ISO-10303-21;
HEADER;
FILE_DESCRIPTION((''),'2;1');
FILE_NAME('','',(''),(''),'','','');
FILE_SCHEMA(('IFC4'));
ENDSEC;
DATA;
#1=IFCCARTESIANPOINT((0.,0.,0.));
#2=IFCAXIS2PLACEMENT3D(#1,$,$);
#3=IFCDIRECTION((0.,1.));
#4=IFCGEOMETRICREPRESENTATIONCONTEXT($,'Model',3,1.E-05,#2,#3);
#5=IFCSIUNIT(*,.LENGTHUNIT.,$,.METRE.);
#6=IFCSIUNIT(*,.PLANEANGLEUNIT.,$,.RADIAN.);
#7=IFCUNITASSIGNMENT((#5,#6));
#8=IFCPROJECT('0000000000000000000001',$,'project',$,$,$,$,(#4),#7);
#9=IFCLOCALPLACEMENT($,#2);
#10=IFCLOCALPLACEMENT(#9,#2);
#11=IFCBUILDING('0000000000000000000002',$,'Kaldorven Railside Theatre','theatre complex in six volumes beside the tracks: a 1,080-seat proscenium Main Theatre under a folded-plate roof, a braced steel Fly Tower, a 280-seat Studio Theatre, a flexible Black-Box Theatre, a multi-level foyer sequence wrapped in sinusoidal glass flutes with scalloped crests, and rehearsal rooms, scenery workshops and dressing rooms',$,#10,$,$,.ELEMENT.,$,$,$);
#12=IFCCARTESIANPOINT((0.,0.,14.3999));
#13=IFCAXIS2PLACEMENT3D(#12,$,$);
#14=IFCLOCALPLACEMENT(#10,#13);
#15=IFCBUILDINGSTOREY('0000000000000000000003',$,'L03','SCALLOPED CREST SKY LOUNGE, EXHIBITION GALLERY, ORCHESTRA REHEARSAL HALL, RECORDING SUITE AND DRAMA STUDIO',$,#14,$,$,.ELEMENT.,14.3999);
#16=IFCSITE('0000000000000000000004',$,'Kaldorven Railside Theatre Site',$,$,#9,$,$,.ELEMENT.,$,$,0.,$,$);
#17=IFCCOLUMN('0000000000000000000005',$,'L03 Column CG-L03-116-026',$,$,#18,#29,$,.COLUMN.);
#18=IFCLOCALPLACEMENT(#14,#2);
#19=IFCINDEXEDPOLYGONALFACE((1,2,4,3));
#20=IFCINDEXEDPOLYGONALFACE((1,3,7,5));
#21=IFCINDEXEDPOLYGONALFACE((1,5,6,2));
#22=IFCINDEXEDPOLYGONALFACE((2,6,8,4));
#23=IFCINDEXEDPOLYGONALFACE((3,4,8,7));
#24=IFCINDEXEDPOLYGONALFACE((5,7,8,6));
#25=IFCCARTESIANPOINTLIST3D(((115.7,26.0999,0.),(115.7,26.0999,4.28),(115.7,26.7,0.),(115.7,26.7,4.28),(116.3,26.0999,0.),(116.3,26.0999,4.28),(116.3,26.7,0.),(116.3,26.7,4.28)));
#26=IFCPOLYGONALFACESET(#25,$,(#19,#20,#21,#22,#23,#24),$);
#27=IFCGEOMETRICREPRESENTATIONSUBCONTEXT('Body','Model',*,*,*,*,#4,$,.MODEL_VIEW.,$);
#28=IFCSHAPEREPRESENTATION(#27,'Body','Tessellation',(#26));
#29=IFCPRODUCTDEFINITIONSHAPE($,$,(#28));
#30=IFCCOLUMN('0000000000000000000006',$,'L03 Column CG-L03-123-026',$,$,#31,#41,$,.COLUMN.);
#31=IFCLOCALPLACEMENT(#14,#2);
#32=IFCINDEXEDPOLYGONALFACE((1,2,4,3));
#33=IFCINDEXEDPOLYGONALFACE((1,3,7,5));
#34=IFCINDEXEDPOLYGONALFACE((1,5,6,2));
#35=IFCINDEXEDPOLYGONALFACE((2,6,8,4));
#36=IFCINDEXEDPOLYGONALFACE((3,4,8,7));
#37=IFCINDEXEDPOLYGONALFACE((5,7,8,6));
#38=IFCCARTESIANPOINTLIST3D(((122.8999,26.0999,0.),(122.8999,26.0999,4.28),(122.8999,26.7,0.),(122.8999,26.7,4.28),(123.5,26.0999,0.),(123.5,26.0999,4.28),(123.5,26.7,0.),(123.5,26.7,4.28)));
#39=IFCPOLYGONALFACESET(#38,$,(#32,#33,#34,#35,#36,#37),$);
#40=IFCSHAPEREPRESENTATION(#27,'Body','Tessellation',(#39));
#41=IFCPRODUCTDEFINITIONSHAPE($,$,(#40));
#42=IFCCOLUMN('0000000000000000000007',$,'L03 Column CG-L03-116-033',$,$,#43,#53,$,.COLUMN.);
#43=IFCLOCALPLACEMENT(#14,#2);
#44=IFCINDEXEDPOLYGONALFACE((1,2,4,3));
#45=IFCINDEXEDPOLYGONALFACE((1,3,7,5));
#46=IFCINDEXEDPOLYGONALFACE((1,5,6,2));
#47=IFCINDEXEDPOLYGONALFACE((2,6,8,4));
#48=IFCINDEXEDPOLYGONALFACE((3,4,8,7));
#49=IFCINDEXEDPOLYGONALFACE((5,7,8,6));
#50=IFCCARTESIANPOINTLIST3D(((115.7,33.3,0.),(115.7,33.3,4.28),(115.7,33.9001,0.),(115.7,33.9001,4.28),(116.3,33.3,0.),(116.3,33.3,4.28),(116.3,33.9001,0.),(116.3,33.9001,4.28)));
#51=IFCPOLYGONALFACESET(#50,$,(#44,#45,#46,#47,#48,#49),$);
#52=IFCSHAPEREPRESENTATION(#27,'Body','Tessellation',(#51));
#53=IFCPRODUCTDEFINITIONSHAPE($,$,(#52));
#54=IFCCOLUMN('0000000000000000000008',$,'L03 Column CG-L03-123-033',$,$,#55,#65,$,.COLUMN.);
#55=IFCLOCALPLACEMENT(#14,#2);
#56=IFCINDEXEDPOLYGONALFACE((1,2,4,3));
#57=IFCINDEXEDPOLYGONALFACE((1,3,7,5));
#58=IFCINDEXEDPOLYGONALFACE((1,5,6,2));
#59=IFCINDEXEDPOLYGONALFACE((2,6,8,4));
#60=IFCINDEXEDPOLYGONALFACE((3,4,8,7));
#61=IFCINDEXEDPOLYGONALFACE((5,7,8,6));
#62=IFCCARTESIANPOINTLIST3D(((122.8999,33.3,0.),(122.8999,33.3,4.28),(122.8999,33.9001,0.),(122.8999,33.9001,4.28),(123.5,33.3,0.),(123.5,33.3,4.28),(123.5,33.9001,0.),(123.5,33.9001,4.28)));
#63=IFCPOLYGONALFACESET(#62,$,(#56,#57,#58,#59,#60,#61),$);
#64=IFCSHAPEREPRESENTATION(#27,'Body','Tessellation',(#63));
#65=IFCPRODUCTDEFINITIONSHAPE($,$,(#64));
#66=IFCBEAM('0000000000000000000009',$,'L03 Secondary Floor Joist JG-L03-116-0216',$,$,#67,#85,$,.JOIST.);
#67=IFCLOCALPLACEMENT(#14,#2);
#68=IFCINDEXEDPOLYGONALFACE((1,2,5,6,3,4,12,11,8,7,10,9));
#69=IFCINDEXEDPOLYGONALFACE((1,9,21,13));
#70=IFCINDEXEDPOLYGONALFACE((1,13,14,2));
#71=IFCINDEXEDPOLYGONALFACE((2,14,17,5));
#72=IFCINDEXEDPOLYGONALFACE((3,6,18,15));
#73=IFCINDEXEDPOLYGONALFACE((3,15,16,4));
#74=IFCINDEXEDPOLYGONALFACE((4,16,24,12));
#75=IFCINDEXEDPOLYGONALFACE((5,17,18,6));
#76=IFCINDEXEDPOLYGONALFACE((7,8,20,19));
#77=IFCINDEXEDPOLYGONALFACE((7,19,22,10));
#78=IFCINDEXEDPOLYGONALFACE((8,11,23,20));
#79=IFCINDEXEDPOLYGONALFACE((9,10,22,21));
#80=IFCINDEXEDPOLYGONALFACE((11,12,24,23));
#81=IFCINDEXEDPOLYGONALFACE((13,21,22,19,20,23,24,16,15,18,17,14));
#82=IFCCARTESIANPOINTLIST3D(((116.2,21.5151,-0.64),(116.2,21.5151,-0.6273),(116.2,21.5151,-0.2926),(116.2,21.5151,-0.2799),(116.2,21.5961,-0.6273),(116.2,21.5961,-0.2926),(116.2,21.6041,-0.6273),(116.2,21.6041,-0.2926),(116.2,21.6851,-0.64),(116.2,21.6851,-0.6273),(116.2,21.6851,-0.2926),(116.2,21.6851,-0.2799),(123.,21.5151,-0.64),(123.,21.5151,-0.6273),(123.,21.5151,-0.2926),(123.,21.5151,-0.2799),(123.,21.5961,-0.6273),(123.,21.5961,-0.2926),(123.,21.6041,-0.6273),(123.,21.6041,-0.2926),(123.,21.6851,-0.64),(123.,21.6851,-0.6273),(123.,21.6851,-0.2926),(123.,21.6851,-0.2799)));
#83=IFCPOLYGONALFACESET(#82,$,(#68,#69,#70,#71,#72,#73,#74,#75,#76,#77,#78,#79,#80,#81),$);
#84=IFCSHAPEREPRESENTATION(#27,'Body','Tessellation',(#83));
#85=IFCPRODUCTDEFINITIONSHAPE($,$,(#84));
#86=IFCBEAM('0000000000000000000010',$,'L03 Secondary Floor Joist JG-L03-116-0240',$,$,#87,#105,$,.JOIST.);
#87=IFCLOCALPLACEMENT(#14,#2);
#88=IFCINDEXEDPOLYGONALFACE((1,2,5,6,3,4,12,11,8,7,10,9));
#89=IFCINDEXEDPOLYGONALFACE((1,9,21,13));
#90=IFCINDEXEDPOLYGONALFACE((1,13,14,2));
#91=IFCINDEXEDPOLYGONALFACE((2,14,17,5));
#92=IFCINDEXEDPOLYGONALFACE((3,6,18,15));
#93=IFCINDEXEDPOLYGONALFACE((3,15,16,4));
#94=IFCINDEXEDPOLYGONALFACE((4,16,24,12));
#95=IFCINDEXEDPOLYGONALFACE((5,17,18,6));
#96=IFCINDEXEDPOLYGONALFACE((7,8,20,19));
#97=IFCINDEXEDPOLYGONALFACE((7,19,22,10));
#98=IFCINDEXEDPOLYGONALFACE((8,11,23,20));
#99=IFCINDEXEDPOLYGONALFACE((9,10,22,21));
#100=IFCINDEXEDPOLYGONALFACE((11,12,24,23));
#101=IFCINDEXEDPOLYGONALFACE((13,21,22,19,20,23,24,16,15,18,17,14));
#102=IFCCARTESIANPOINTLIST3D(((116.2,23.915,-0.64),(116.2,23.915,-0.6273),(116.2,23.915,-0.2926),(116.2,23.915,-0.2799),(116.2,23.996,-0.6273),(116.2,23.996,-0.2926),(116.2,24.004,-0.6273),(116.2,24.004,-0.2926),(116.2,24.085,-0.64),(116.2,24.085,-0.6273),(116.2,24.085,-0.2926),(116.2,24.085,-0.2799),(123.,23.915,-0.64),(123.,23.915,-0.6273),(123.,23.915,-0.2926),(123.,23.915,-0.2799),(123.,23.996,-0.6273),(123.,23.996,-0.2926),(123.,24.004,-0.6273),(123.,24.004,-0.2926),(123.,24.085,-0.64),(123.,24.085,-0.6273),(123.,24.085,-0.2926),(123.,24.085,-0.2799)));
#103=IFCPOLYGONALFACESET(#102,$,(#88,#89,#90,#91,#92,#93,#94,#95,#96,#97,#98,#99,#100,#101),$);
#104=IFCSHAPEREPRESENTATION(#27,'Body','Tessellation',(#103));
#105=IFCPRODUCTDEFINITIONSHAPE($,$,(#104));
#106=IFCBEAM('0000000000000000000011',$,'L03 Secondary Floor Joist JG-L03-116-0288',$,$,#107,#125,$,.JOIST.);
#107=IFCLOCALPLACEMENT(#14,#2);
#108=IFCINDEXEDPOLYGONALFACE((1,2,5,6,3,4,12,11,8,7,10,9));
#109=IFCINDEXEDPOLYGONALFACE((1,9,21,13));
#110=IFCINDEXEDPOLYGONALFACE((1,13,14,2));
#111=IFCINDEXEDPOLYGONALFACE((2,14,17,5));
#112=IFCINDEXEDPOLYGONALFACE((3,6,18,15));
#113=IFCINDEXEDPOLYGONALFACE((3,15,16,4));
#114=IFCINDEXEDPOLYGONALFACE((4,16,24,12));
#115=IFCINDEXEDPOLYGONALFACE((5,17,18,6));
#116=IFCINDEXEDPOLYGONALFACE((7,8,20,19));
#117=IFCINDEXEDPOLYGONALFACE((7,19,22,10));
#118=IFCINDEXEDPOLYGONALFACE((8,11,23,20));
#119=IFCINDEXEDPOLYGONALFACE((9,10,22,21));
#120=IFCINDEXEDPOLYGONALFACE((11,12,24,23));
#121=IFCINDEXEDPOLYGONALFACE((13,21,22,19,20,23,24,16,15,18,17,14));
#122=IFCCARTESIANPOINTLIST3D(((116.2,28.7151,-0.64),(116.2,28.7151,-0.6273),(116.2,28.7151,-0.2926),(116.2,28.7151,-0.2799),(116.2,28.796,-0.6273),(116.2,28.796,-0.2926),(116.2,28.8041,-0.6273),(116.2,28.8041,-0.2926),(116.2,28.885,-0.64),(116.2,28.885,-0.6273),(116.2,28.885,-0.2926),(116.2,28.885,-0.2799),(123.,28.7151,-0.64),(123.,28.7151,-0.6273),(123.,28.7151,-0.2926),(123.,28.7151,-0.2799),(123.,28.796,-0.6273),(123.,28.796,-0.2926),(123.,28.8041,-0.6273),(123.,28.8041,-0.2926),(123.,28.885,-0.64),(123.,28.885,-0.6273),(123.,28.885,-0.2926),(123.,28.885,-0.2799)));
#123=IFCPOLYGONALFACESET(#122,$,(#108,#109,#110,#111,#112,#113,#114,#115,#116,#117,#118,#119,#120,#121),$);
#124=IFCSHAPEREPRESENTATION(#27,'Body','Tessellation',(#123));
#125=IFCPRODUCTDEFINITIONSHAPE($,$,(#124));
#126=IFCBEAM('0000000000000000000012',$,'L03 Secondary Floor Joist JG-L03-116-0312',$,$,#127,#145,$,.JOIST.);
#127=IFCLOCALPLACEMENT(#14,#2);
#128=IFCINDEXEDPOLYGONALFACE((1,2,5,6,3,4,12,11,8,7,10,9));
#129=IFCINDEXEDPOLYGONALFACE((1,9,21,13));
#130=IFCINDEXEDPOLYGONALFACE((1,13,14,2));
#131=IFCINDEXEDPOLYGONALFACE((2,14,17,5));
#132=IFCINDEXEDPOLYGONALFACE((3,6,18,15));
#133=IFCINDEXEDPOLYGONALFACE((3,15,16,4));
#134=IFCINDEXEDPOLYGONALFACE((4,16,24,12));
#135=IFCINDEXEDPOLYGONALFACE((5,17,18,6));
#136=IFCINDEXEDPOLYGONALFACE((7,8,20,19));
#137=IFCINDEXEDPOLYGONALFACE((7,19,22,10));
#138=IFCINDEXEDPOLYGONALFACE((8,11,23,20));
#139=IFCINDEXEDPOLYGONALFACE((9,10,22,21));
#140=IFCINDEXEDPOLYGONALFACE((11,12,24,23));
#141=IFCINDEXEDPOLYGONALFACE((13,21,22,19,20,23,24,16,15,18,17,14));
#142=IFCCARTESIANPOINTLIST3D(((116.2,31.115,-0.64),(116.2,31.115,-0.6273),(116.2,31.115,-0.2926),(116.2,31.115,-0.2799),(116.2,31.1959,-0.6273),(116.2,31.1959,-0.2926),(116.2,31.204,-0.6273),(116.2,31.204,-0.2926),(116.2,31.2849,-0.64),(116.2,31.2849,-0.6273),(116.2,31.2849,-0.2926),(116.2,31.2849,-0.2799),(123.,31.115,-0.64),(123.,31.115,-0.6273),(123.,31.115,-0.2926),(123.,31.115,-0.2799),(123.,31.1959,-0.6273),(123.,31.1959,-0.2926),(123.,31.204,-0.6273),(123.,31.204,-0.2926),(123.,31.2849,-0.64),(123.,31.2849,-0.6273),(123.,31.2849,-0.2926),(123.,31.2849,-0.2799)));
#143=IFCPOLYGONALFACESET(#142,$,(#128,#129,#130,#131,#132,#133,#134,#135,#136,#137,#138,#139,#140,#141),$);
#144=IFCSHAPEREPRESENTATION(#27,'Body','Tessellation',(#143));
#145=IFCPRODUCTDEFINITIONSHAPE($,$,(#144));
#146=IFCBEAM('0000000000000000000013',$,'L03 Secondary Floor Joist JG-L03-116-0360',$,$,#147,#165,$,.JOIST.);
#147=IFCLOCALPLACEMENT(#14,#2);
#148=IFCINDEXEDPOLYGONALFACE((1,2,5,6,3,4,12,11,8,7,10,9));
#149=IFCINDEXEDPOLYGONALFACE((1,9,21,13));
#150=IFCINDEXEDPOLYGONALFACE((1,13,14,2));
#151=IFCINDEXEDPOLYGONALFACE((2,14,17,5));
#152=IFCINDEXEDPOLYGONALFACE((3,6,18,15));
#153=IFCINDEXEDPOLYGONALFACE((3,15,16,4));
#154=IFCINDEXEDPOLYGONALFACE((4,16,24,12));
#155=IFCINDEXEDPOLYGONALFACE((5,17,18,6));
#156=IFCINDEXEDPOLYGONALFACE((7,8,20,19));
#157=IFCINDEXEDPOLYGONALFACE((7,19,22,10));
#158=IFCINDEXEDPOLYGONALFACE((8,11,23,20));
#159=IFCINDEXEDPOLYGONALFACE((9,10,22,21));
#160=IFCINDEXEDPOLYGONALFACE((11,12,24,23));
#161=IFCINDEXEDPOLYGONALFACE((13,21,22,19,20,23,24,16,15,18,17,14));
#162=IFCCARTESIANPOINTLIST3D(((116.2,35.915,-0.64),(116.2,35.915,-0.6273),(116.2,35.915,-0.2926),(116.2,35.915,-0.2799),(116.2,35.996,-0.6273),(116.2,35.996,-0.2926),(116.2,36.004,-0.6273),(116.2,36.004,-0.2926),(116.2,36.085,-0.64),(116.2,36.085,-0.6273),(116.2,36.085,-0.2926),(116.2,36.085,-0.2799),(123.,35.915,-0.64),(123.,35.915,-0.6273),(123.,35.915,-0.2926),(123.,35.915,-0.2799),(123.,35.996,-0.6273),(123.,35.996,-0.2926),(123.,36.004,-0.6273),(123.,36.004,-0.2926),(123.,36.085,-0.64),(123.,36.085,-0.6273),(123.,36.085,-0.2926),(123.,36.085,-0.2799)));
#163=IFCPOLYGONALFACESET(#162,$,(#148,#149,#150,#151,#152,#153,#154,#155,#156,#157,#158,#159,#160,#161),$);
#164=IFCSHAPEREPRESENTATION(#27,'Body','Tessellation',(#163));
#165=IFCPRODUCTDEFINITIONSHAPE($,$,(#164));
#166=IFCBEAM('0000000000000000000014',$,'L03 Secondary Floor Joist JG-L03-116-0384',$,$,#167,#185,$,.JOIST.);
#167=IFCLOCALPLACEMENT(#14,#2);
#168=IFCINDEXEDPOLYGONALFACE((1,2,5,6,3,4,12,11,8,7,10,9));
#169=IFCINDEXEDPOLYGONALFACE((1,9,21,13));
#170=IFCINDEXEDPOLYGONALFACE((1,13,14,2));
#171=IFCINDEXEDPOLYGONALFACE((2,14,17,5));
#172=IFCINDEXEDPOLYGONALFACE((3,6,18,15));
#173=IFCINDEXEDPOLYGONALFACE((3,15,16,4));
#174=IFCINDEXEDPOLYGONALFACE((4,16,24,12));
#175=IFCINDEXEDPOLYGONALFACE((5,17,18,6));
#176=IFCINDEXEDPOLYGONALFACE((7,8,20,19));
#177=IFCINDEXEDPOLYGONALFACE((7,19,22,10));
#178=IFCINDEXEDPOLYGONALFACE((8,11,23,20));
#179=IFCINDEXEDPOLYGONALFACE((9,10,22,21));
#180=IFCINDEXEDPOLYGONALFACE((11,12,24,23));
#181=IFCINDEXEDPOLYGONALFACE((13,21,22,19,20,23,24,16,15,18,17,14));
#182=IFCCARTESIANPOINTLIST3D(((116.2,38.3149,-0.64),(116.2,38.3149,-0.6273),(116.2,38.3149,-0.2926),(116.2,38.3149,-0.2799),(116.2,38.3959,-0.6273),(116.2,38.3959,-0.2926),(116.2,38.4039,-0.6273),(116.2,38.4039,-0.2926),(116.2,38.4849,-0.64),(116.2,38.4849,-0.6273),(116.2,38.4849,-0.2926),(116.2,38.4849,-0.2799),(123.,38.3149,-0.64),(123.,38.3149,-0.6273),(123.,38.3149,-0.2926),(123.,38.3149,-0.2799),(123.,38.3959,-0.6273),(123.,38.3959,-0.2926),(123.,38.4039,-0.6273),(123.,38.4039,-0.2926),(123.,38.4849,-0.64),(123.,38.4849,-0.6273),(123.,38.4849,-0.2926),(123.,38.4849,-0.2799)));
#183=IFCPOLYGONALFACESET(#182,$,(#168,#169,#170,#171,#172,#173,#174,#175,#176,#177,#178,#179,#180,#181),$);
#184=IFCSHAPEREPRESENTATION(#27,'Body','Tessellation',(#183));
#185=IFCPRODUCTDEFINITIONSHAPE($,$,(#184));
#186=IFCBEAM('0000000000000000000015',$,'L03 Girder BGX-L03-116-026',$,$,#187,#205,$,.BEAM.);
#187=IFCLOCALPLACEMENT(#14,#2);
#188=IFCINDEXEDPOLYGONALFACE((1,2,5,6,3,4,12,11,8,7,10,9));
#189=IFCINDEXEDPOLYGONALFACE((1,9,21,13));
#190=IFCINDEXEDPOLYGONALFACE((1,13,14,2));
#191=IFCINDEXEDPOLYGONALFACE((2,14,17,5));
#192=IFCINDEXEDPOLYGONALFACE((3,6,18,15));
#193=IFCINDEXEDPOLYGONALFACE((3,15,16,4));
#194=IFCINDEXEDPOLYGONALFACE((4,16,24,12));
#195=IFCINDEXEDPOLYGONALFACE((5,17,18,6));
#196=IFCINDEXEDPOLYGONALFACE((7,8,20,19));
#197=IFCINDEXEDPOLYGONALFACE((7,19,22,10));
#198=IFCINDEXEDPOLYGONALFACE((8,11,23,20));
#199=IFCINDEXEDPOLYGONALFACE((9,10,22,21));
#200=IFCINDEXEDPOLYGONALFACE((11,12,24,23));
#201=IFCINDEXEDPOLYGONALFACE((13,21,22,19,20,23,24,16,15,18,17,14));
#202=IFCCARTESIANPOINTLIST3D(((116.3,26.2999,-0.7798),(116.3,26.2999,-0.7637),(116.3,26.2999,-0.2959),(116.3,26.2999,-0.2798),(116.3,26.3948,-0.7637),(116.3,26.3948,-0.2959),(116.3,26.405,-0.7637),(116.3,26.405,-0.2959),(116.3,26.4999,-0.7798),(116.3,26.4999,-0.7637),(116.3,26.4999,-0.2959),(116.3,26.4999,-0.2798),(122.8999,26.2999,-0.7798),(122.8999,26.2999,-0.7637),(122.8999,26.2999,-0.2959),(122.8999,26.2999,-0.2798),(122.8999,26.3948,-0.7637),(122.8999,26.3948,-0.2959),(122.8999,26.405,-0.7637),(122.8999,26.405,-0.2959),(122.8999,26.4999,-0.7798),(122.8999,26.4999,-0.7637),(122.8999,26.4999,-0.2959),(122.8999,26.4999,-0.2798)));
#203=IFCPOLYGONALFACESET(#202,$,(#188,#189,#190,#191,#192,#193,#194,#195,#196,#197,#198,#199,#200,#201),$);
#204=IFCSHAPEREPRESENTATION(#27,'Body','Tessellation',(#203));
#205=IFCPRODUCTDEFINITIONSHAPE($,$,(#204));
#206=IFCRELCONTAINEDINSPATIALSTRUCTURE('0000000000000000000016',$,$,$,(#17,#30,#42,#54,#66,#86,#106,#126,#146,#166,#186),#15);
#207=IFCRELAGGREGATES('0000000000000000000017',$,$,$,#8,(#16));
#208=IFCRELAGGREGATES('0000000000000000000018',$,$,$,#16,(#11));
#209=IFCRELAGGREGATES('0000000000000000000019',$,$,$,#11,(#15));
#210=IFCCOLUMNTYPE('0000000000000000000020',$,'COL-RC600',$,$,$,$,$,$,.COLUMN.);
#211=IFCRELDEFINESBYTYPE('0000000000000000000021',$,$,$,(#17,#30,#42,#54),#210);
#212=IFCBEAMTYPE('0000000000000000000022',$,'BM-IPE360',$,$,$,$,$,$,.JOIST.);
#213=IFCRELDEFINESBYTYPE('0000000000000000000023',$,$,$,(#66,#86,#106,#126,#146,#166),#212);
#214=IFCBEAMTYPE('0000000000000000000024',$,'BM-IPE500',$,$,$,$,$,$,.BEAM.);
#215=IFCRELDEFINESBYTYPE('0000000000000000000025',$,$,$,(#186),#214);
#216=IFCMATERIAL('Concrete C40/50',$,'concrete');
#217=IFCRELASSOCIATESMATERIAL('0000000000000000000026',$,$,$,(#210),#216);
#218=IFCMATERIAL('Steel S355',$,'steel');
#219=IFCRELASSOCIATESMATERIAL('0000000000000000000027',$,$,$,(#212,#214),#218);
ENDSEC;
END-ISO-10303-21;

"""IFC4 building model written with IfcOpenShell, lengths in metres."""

from ifc_helpers import new_model, si_unit, direction, frame, origin, origin_2d, place, context, subcontext, project, spatial, rectangle, i_section, extrude, material, material_profile, profile_set, type_object, element, save


model = new_model("IFC4")

# Units and contexts
model_context = context("Model", 3, precision=1e-05, world=origin(), true_north=direction((0.0, 1.0)))
body_context = subcontext(model_context, "Body", "Model", "MODEL_VIEW")
ifc_project = project(units=[si_unit("LENGTHUNIT", "METRE"), si_unit("PLANEANGLEUNIT", "RADIAN")], contexts=[model_context])

# Site, building, storey
site_placement = place(None, origin())
site = spatial("IfcSite", under=ifc_project, at=site_placement, Name="Kaldorven Railside Theatre Site", CompositionType="ELEMENT", RefElevation=0.0)
building_placement = place(site_placement, origin())
building = spatial("IfcBuilding", under=site, at=building_placement, Name="Kaldorven Railside Theatre", Description="theatre complex in six volumes beside the tracks: a 1,080-seat proscenium Main Theatre under a folded-plate roof, a braced steel Fly Tower, a 280-seat Studio Theatre, a flexible Black-Box Theatre, a multi-level foyer sequence wrapped in sinusoidal glass flutes with scalloped crests, and rehearsal rooms, scenery workshops and dressing rooms", CompositionType="ELEMENT")
storey_placement = place(building_placement, frame((0.0, 0.0, 14.3999)))
storey = spatial("IfcBuildingStorey", under=building, at=storey_placement, Name="L03", Description="SCALLOPED CREST SKY LOUNGE, EXHIBITION GALLERY, ORCHESTRA REHEARSAL HALL, RECORDING SUITE AND DRAMA STUDIO", CompositionType="ELEMENT", Elevation=14.3999)

# Columns
ifc_material_1 = material(Name="Concrete C40/50", Category="concrete")
ifc_material_profile_1 = material_profile(ifc_material_1, rectangle(XDim=0.6001, YDim=0.6001, at=origin_2d()), Name="RC 600x600")
ifc_profile_set_1 = profile_set([ifc_material_profile_1], Name="Concrete C40/50")
column_type = type_object("IfcColumnType", Name="COL-RC600", PredefinedType="COLUMN", material=ifc_profile_set_1)
for number, where, z_axis, x_axis, name in (
    (1, (116.0, 26.3999, 0.0), (0.0, 0.0, 1.0), (1.0, 0.0, 0.0), "L03 Column CG-L03-116-026"),
    (2, (123.2, 26.3999, 0.0), (0.0, 0.0, 1.0), (0.0, 1.0, 0.0), "L03 Column CG-L03-123-026"),
    (3, (116.0, 33.6001, 0.0), (0.0, 0.0, 1.0), (0.0, 1.0, 0.0), "L03 Column CG-L03-116-033"),
    (4, (123.2, 33.6001, 0.0), (0.0, 0.0, 1.0), (1.0, 0.0, 0.0), "L03 Column CG-L03-123-033"),
):
    element("IfcColumn", number, at=place(storey_placement, frame(where, z_axis=z_axis, x_axis=x_axis)), inside=storey, type_object=column_type, Name=name, PredefinedType="COLUMN", context=body_context, shape_type="SweptSolid", body=[
        extrude(rectangle(XDim=0.6001, YDim=0.6001, at=origin_2d()), origin(), (0.0, 0.0, 1.0), 4.28),
    ])

# Beams
ifc_material_2 = material(Name="Steel S355", Category="steel")
ifc_material_profile_2 = material_profile(ifc_material_2, i_section(OverallWidth=0.1699, OverallDepth=0.3601, WebThickness=0.0081, FlangeThickness=0.0127, at=origin_2d()), Name="IPE 360")
ifc_profile_set_2 = profile_set([ifc_material_profile_2], Name="Steel S355")
beam_type_1 = type_object("IfcBeamType", Name="BM-IPE360", PredefinedType="JOIST", material=ifc_profile_set_2)
for number, where, z_axis, x_axis, name in (
    (5, (116.2, 21.6001, -0.46), (1.0, 0.0, 0.0), (0.0, 1.0, 0.0), "L03 Secondary Floor Joist JG-L03-116-0216"),
    (6, (116.2, 24.0, -0.46), (1.0, 0.0, 0.0), (0.0, 1.0, 0.0), "L03 Secondary Floor Joist JG-L03-116-0240"),
    (7, (116.2, 28.8, -0.46), (1.0, 0.0, 0.0), (0.0, 1.0, 0.0), "L03 Secondary Floor Joist JG-L03-116-0288"),
    (8, (116.2, 31.2, -0.46), (1.0, 0.0, 0.0), (0.0, 1.0, 0.0), "L03 Secondary Floor Joist JG-L03-116-0312"),
    (9, (116.2, 36.0, -0.46), (1.0, 0.0, 0.0), (0.0, 1.0, 0.0), "L03 Secondary Floor Joist JG-L03-116-0360"),
    (10, (116.2, 38.3999, -0.46), (1.0, 0.0, 0.0), (0.0, 1.0, 0.0), "L03 Secondary Floor Joist JG-L03-116-0384"),
):
    element("IfcBeam", number, at=place(storey_placement, frame(where, z_axis=z_axis, x_axis=x_axis)), inside=storey, type_object=beam_type_1, Name=name, PredefinedType="JOIST", context=body_context, shape_type="SweptSolid", body=[
        extrude(i_section(OverallWidth=0.1699, OverallDepth=0.3601, WebThickness=0.0081, FlangeThickness=0.0127, at=origin_2d()), origin(), (0.0, 0.0, 1.0), 6.8),
    ])
ifc_material_profile_3 = material_profile(ifc_material_2, i_section(OverallWidth=0.2, OverallDepth=0.5, WebThickness=0.0103, FlangeThickness=0.0161, at=origin_2d()), Name="IPE 500")
ifc_profile_set_3 = profile_set([ifc_material_profile_3], Name="Steel S355")
beam_type_2 = type_object("IfcBeamType", Name="BM-IPE500", PredefinedType="BEAM", material=ifc_profile_set_3)
for number, where, z_axis, x_axis, name in (
    (11, (116.3, 26.3999, -0.5298), (1.0, 0.0, 0.0), (0.0, 1.0, 0.0), "L03 Girder BGX-L03-116-026"),
):
    element("IfcBeam", number, at=place(storey_placement, frame(where, z_axis=z_axis, x_axis=x_axis)), inside=storey, type_object=beam_type_2, Name=name, PredefinedType="BEAM", context=body_context, shape_type="SweptSolid", body=[
        extrude(i_section(OverallWidth=0.2, OverallDepth=0.5, WebThickness=0.0103, FlangeThickness=0.0161, at=origin_2d()), origin(), (0.0, 0.0, 1.0), 6.5999),
    ])

save(model, "model.ifc")
